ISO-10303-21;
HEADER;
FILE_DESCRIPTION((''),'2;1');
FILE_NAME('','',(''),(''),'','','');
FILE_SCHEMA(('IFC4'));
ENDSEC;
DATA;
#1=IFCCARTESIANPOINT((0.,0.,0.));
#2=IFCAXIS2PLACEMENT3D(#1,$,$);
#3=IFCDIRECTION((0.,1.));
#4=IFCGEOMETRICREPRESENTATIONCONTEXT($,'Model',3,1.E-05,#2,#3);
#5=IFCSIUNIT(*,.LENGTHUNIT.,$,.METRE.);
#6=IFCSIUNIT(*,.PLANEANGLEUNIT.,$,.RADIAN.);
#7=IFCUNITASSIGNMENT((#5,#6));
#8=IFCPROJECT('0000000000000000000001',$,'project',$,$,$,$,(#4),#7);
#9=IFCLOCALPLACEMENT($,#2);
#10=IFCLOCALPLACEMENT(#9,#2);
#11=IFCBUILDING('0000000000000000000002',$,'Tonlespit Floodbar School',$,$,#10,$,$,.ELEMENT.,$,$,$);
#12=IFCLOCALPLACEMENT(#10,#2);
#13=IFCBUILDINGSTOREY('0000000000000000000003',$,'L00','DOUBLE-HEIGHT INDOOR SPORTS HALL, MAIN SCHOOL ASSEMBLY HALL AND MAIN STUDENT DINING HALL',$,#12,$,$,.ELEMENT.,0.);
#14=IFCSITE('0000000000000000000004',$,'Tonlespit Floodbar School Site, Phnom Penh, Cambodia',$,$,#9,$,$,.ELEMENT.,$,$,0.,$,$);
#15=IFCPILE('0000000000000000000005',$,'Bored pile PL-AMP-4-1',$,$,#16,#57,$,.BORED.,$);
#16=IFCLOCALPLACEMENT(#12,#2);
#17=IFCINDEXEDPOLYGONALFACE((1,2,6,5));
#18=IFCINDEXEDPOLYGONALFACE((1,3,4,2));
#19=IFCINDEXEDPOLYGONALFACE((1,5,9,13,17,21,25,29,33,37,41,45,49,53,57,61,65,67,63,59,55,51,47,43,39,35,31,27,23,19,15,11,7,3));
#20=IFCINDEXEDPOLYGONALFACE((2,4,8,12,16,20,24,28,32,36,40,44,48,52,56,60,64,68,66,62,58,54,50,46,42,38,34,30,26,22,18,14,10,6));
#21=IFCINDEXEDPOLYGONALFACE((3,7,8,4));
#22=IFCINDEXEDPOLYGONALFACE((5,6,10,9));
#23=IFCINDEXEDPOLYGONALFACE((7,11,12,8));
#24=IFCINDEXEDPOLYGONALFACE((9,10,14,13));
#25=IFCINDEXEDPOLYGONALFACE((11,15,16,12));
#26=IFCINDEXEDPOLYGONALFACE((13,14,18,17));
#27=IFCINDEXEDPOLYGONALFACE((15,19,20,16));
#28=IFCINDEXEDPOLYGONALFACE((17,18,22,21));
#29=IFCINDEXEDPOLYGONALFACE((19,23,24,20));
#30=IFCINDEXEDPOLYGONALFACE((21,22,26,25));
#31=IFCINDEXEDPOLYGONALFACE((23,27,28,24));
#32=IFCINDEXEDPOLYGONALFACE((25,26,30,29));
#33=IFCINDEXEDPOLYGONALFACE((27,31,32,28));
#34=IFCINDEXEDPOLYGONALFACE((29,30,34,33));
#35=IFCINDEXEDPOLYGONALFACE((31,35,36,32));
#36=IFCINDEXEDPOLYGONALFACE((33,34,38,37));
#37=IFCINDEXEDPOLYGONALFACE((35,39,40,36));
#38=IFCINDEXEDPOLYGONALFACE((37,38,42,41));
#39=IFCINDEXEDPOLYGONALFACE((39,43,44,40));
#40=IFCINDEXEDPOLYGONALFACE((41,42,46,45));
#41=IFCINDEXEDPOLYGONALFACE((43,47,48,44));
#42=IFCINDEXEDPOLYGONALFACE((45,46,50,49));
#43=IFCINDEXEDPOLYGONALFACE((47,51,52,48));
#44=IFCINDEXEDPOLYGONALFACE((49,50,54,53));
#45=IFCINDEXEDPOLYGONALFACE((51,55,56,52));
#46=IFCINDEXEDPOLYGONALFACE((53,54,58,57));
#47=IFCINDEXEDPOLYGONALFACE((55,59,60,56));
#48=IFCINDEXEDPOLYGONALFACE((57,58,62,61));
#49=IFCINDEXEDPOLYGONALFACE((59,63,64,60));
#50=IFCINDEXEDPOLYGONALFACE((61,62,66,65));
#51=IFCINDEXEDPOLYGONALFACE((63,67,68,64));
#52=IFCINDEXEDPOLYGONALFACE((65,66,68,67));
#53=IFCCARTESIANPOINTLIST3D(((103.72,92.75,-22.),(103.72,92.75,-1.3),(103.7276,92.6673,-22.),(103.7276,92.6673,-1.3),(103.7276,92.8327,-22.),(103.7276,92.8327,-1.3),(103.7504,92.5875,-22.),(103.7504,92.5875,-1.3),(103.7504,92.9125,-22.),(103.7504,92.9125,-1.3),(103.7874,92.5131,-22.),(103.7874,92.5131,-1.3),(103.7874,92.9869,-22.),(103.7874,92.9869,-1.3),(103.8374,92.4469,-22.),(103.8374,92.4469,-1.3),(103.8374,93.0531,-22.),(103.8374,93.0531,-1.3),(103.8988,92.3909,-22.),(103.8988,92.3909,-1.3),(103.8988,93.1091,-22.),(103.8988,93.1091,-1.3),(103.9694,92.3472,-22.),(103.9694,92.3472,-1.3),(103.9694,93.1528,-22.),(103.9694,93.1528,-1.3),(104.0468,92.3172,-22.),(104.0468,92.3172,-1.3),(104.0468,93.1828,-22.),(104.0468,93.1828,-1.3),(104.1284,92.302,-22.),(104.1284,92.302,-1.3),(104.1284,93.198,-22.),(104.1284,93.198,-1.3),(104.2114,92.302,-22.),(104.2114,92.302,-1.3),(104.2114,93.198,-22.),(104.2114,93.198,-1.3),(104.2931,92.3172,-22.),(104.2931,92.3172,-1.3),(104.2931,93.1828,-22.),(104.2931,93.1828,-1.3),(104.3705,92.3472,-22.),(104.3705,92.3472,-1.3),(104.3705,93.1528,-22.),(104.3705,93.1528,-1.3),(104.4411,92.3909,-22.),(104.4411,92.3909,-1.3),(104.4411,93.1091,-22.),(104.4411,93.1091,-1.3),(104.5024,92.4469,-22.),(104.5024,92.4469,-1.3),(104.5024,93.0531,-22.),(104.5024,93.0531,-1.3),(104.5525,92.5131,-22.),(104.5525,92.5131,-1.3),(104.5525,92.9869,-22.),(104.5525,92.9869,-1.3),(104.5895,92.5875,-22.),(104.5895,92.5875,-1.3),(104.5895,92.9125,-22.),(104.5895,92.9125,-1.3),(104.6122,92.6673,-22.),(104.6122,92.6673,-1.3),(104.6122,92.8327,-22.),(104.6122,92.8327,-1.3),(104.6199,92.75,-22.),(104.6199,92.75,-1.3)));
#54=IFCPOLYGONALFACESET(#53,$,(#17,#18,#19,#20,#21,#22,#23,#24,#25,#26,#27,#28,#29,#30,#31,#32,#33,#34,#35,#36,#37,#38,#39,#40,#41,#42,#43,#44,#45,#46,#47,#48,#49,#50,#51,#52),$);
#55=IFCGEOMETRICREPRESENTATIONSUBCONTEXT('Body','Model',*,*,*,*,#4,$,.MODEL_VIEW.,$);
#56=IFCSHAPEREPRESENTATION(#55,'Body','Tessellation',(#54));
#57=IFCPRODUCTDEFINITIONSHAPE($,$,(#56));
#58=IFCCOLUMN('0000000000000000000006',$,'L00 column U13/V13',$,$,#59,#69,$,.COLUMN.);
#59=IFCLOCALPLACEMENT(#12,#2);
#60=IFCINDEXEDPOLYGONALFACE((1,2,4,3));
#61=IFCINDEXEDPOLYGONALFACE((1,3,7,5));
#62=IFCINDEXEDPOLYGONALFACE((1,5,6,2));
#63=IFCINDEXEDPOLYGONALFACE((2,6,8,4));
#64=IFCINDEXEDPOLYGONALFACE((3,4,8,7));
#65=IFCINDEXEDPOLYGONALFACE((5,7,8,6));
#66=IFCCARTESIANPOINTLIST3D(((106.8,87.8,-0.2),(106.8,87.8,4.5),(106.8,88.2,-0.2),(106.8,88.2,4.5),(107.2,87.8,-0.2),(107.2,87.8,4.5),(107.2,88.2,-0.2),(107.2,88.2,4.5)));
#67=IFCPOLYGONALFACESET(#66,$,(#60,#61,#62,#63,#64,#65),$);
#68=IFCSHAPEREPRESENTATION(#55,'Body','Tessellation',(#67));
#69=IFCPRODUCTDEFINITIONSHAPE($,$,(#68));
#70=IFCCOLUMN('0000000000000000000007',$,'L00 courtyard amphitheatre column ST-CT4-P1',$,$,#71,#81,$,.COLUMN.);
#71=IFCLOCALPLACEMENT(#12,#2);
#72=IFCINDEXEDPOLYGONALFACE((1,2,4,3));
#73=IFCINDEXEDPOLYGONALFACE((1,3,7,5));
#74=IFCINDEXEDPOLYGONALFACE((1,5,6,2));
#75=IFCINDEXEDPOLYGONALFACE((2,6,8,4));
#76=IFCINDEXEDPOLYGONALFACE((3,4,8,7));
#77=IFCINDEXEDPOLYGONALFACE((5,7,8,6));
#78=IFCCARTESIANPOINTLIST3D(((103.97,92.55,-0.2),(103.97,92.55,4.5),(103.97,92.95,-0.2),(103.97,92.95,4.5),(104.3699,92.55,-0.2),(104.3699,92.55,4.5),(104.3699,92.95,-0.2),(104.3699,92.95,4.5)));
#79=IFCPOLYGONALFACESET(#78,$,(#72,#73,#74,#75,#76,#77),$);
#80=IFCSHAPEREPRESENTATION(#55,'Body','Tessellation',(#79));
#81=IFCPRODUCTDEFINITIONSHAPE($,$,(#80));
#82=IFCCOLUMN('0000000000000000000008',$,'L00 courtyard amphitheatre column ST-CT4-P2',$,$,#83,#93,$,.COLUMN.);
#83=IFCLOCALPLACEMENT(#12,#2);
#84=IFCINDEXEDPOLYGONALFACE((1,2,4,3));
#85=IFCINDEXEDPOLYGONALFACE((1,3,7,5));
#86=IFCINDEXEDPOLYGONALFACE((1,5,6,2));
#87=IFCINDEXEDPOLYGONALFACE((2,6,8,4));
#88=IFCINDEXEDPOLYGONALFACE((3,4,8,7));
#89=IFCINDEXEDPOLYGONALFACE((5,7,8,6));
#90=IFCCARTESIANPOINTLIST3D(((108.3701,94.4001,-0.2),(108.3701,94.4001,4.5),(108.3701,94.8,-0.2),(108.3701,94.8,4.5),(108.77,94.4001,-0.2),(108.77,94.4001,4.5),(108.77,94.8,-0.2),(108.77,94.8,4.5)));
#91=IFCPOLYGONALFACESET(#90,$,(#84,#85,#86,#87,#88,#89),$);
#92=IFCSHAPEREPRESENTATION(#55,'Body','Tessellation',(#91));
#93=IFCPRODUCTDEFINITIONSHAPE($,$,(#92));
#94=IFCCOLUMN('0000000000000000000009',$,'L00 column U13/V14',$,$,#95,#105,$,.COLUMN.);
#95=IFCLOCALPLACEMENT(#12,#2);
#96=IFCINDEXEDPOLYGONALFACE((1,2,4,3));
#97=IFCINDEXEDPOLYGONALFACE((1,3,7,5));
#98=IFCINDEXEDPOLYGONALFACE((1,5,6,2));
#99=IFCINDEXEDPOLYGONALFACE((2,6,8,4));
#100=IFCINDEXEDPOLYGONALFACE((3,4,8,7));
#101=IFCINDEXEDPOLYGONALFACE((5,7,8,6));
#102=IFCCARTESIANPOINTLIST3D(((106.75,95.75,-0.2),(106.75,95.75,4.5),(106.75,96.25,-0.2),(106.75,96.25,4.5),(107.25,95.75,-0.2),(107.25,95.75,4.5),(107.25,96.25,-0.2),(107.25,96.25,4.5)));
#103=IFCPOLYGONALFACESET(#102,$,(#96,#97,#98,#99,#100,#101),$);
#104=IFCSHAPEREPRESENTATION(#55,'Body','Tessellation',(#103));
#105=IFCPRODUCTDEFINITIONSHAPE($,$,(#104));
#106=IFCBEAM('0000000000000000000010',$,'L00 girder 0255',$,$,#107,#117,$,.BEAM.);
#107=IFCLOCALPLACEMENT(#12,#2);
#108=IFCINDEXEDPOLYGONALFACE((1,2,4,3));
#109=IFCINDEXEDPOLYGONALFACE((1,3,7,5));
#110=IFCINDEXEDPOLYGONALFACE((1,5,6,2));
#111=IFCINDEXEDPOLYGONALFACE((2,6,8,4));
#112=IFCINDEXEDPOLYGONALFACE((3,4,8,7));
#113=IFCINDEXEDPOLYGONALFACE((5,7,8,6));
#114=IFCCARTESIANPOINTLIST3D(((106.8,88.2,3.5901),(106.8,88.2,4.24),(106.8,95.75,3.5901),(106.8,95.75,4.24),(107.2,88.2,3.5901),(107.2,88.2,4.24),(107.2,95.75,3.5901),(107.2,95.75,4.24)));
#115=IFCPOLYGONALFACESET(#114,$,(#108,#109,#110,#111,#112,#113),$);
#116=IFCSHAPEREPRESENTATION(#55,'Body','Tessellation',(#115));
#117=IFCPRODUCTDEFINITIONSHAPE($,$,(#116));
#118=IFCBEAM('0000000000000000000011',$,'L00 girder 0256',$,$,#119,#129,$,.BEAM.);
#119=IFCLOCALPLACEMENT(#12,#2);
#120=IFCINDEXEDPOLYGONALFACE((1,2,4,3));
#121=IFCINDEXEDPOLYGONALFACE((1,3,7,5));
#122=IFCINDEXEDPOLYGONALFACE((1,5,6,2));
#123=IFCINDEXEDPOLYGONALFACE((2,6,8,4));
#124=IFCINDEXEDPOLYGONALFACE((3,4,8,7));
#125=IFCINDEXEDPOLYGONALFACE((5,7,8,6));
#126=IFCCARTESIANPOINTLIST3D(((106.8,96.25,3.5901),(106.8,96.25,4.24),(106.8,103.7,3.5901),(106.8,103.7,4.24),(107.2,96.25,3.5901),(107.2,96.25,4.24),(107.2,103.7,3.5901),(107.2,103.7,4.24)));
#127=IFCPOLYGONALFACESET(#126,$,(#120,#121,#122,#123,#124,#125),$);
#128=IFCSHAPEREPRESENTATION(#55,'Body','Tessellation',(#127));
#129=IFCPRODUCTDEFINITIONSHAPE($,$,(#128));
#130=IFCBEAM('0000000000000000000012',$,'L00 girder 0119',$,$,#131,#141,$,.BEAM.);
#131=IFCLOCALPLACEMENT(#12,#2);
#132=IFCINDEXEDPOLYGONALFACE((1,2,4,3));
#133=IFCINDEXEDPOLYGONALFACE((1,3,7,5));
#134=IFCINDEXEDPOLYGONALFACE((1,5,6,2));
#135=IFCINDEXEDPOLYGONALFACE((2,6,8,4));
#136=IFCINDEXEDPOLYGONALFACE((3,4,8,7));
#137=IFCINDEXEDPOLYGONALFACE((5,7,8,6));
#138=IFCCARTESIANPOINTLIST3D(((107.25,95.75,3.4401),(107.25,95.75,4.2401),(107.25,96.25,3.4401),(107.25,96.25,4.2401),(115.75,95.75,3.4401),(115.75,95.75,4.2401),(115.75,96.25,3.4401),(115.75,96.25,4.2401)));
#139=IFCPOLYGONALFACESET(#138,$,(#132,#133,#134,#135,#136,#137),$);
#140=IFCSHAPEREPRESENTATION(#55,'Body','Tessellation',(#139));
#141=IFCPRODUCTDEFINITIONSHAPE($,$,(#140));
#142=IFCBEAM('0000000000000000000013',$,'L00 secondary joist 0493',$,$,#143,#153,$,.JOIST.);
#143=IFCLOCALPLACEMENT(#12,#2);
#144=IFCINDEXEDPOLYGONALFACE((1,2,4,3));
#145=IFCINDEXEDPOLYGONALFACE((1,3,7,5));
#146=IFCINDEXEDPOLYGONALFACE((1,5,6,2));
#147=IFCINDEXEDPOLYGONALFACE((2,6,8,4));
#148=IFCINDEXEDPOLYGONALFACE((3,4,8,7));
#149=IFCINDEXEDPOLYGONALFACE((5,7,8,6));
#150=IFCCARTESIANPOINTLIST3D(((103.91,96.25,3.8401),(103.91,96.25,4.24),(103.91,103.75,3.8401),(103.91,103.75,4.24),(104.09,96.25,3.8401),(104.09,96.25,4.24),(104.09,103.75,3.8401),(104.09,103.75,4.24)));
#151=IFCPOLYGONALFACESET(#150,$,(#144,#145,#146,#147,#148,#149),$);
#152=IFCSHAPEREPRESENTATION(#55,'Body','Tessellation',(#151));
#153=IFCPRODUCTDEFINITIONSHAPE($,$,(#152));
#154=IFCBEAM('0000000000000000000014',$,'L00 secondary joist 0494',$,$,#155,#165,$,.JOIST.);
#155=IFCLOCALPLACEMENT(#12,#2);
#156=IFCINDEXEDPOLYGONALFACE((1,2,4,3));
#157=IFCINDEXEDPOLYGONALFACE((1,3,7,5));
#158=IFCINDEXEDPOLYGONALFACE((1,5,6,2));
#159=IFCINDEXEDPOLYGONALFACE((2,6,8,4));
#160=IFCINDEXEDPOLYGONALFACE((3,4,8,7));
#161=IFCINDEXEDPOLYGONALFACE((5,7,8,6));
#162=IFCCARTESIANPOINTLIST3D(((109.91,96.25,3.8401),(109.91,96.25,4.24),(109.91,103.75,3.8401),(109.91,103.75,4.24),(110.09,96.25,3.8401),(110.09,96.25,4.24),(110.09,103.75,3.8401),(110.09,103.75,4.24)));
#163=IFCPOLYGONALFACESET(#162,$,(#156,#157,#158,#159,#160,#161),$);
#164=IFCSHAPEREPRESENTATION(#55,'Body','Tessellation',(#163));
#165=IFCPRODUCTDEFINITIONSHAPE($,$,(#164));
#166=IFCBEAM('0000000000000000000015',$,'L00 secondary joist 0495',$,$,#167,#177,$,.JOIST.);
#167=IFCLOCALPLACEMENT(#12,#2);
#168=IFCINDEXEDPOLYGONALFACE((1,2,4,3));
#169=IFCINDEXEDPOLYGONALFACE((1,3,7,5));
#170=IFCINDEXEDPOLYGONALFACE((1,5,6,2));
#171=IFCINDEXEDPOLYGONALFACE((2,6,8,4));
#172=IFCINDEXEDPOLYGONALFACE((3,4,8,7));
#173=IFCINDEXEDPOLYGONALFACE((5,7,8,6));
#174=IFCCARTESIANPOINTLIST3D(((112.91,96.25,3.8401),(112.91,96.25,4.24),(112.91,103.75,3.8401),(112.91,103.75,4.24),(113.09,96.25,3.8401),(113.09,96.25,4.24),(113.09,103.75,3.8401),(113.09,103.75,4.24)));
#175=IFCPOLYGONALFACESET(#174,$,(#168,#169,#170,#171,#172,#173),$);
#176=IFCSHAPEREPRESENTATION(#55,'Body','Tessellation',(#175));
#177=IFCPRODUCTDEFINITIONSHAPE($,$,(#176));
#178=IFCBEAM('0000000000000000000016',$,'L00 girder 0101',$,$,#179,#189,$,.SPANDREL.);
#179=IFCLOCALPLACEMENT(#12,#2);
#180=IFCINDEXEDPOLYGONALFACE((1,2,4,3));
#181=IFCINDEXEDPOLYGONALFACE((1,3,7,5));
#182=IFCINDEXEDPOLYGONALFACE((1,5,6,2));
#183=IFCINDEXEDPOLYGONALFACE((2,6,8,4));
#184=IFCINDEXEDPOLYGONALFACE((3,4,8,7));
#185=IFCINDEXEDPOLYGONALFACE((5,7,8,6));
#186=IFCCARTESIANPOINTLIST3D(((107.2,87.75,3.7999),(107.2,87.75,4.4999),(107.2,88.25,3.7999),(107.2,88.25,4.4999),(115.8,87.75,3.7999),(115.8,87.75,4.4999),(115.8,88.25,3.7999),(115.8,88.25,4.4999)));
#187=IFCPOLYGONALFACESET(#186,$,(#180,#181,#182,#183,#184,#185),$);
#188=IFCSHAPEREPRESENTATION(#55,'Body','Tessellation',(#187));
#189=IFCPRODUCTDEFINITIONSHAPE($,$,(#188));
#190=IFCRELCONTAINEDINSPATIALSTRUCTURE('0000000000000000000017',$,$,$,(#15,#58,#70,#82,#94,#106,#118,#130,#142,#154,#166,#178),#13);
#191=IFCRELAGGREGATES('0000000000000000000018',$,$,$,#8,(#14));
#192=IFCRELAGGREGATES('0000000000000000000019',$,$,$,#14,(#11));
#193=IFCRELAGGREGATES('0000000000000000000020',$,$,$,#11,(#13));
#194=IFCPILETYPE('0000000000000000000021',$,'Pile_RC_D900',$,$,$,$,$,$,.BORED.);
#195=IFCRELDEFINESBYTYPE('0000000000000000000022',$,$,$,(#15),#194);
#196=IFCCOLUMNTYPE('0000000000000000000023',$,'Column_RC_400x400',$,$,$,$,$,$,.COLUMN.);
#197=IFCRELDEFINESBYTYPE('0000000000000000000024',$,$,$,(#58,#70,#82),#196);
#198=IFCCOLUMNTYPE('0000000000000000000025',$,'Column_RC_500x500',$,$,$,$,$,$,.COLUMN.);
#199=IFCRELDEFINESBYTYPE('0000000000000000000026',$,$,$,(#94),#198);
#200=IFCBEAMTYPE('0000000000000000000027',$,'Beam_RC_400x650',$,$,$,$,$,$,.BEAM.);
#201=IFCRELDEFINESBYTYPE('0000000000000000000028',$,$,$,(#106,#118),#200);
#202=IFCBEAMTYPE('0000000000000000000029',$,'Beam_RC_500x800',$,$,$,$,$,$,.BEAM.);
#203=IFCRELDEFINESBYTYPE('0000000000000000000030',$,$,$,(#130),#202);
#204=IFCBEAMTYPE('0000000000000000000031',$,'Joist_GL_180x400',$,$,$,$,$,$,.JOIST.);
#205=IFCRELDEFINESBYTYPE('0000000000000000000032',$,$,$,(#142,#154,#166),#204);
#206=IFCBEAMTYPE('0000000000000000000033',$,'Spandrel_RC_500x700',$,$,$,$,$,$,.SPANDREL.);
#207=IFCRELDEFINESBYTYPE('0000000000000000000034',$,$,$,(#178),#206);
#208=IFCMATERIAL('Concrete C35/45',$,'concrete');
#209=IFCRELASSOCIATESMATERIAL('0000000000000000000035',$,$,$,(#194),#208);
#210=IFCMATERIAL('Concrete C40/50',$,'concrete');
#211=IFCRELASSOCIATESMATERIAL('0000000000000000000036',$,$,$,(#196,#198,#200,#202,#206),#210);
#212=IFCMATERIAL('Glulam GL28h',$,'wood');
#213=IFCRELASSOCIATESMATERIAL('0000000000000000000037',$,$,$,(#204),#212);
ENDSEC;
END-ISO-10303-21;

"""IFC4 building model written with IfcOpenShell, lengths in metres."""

from ifc_helpers import new_model, si_unit, direction, frame, origin, origin_2d, place, context, subcontext, project, spatial, rectangle, circle, extrude, material, material_profile, profile_set, type_object, element, save


model = new_model("IFC4")

# Units and contexts
model_context = context("Model", 3, precision=1e-05, world=origin(), true_north=direction((0.0, 1.0)))
body_context = subcontext(model_context, "Body", "Model", "MODEL_VIEW")
ifc_project = project(units=[si_unit("LENGTHUNIT", "METRE"), si_unit("PLANEANGLEUNIT", "RADIAN")], contexts=[model_context])

# Site, building, storey
site_placement = place(None, origin())
site = spatial("IfcSite", under=ifc_project, at=site_placement, Name="Tonlespit Floodbar School Site, Phnom Penh, Cambodia", CompositionType="ELEMENT", RefElevation=0.0)
building_placement = place(site_placement, origin())
building = spatial("IfcBuilding", under=site, at=building_placement, Name="Tonlespit Floodbar School", CompositionType="ELEMENT")
storey_placement = place(building_placement, origin())
storey = spatial("IfcBuildingStorey", under=building, at=storey_placement, Name="L00", Description="DOUBLE-HEIGHT INDOOR SPORTS HALL, MAIN SCHOOL ASSEMBLY HALL AND MAIN STUDENT DINING HALL", CompositionType="ELEMENT", Elevation=0.0)

# Shared definitions
ifc_material_1 = material(Name="Concrete C40/50", Category="concrete")

# Pile
ifc_material_2 = material(Name="Concrete C35/45", Category="concrete")
ifc_material_profile_1 = material_profile(ifc_material_2, circle(Radius=0.45, at=origin_2d()), Name="BP D900")
ifc_profile_set_1 = profile_set([ifc_material_profile_1], Name="Concrete C35/45")
pile_type_1 = type_object("IfcPileType", Name="Pile_RC_D900", PredefinedType="BORED", material=ifc_profile_set_1)
for number, where, z_axis, x_axis, name in (
    (1, (104.1699, 92.75, -1.3), (0.0, 0.0, -1.0), (1.0, 0.0, 0.0), "Bored pile PL-AMP-4-1"),
):
    element("IfcPile", number, at=place(storey_placement, frame(where, z_axis=z_axis, x_axis=x_axis)), inside=storey, type_object=pile_type_1, Name=name, PredefinedType="BORED", context=body_context, shape_type="SweptSolid", body=[
        extrude(circle(Radius=0.45, at=origin_2d()), origin(), (0.0, 0.0, 1.0), 20.7),
    ])

# Columns
ifc_material_profile_2 = material_profile(ifc_material_1, rectangle(XDim=0.3999, YDim=0.3999, at=origin_2d()), Name="RC 400x400")
ifc_profile_set_2 = profile_set([ifc_material_profile_2], Name="Concrete C40/50")
column_type_1 = type_object("IfcColumnType", Name="Column_RC_400x400", PredefinedType="COLUMN", material=ifc_profile_set_2)
for number, where, z_axis, x_axis, name in (
    (2, (107.0, 88.0, -0.2), (0.0, 0.0, 1.0), (1.0, 0.0, 0.0), "L00 column U13/V13"),
    (3, (104.1699, 92.75, -0.2), (0.0, 0.0, 1.0), (1.0, 0.0, 0.0), "L00 courtyard amphitheatre column ST-CT4-P1"),
    (4, (108.5701, 94.6001, -0.2), (0.0, 0.0, 1.0), (1.0, 0.0, 0.0), "L00 courtyard amphitheatre column ST-CT4-P2"),
):
    element("IfcColumn", number, at=place(storey_placement, frame(where, z_axis=z_axis, x_axis=x_axis)), inside=storey, type_object=column_type_1, Name=name, PredefinedType="COLUMN", context=body_context, shape_type="SweptSolid", body=[
        extrude(rectangle(XDim=0.3999, YDim=0.3999, at=origin_2d()), origin(), (0.0, 0.0, 1.0), 4.7),
    ])
ifc_material_profile_3 = material_profile(ifc_material_1, rectangle(XDim=0.5, YDim=0.5, at=origin_2d()), Name="RC 500x500")
ifc_profile_set_3 = profile_set([ifc_material_profile_3], Name="Concrete C40/50")
column_type_2 = type_object("IfcColumnType", Name="Column_RC_500x500", PredefinedType="COLUMN", material=ifc_profile_set_3)
column_placement = place(storey_placement, frame((107.0, 96.0, -0.2), z_axis=(0.0, 0.0, 1.0), x_axis=(1.0, 0.0, 0.0)))
element("IfcColumn", 5, at=column_placement, inside=storey, type_object=column_type_2, Name="L00 column U13/V14", PredefinedType="COLUMN", context=body_context, shape_type="SweptSolid", body=[
    extrude(rectangle(XDim=0.5, YDim=0.5, at=origin_2d()), origin(), (0.0, 0.0, 1.0), 4.7),
])

# Beams
ifc_material_profile_4 = material_profile(ifc_material_1, rectangle(XDim=0.3999, YDim=0.6499, at=origin_2d()), Name="RC 400x650")
ifc_profile_set_4 = profile_set([ifc_material_profile_4], Name="Concrete C40/50")
beam_type_1 = type_object("IfcBeamType", Name="Beam_RC_400x650", PredefinedType="BEAM", material=ifc_profile_set_4)
beam_1_placement = place(storey_placement, frame((107.0, 88.2, 3.915), z_axis=(0.0, 1.0, 0.0), x_axis=(-1.0, 0.0, 0.0)))
element("IfcBeam", 6, at=beam_1_placement, inside=storey, type_object=beam_type_1, Name="L00 girder 0255", PredefinedType="BEAM", context=body_context, shape_type="SweptSolid", body=[
    extrude(rectangle(XDim=0.3999, YDim=0.6499, at=origin_2d()), origin(), (0.0, 0.0, 1.0), 7.55),
])
beam_2_placement = place(storey_placement, frame((107.0, 96.25, 3.915), z_axis=(0.0, 1.0, 0.0), x_axis=(-1.0, 0.0, 0.0)))
element("IfcBeam", 7, at=beam_2_placement, inside=storey, type_object=beam_type_1, Name="L00 girder 0256", PredefinedType="BEAM", context=body_context, shape_type="SweptSolid", body=[
    extrude(rectangle(XDim=0.3999, YDim=0.6499, at=origin_2d()), origin(), (0.0, 0.0, 1.0), 7.45),
])
ifc_material_profile_5 = material_profile(ifc_material_1, rectangle(XDim=0.5, YDim=0.8, at=origin_2d()), Name="RC 500x800")
ifc_profile_set_5 = profile_set([ifc_material_profile_5], Name="Concrete C40/50")
beam_type_2 = type_object("IfcBeamType", Name="Beam_RC_500x800", PredefinedType="BEAM", material=ifc_profile_set_5)
beam_3_placement = place(storey_placement, frame((107.25, 96.0, 3.8401), z_axis=(1.0, 0.0, 0.0), x_axis=(0.0, 1.0, 0.0)))
element("IfcBeam", 8, at=beam_3_placement, inside=storey, type_object=beam_type_2, Name="L00 girder 0119", PredefinedType="BEAM", context=body_context, shape_type="SweptSolid", body=[
    extrude(rectangle(XDim=0.5, YDim=0.8, at=origin_2d()), origin(), (0.0, 0.0, 1.0), 8.5),
])
ifc_material_3 = material(Name="Glulam GL28h", Category="wood")
ifc_material_profile_6 = material_profile(ifc_material_3, rectangle(XDim=0.1799, YDim=0.3999, at=origin_2d()), Name="GL 180x400")
ifc_profile_set_6 = profile_set([ifc_material_profile_6], Name="Glulam GL28h")
beam_type_3 = type_object("IfcBeamType", Name="Joist_GL_180x400", PredefinedType="JOIST", material=ifc_profile_set_6)
for number, where, z_axis, x_axis, name in (
    (9, (104.0, 96.25, 4.04), (0.0, 1.0, 0.0), (-1.0, 0.0, 0.0), "L00 secondary joist 0493"),
    (10, (110.0, 96.25, 4.04), (0.0, 1.0, 0.0), (-1.0, 0.0, 0.0), "L00 secondary joist 0494"),
    (11, (113.0, 96.25, 4.04), (0.0, 1.0, 0.0), (-1.0, 0.0, 0.0), "L00 secondary joist 0495"),
):
    element("IfcBeam", number, at=place(storey_placement, frame(where, z_axis=z_axis, x_axis=x_axis)), inside=storey, type_object=beam_type_3, Name=name, PredefinedType="JOIST", context=body_context, shape_type="SweptSolid", body=[
        extrude(rectangle(XDim=0.1799, YDim=0.3999, at=origin_2d()), origin(), (0.0, 0.0, 1.0), 7.5),
    ])
ifc_material_profile_7 = material_profile(ifc_material_1, rectangle(XDim=0.5, YDim=0.7, at=origin_2d()), Name="RC 500x700")
ifc_profile_set_7 = profile_set([ifc_material_profile_7], Name="Concrete C40/50")
beam_type_4 = type_object("IfcBeamType", Name="Spandrel_RC_500x700", PredefinedType="SPANDREL", material=ifc_profile_set_7)
beam_4_placement = place(storey_placement, frame((107.2, 88.0, 4.1499), z_axis=(1.0, 0.0, 0.0), x_axis=(0.0, 1.0, 0.0)))
element("IfcBeam", 12, at=beam_4_placement, inside=storey, type_object=beam_type_4, Name="L00 girder 0101", PredefinedType="SPANDREL", context=body_context, shape_type="SweptSolid", body=[
    extrude(rectangle(XDim=0.5, YDim=0.7, at=origin_2d()), origin(), (0.0, 0.0, 1.0), 8.6001),
])

save(model, "model.ifc")
